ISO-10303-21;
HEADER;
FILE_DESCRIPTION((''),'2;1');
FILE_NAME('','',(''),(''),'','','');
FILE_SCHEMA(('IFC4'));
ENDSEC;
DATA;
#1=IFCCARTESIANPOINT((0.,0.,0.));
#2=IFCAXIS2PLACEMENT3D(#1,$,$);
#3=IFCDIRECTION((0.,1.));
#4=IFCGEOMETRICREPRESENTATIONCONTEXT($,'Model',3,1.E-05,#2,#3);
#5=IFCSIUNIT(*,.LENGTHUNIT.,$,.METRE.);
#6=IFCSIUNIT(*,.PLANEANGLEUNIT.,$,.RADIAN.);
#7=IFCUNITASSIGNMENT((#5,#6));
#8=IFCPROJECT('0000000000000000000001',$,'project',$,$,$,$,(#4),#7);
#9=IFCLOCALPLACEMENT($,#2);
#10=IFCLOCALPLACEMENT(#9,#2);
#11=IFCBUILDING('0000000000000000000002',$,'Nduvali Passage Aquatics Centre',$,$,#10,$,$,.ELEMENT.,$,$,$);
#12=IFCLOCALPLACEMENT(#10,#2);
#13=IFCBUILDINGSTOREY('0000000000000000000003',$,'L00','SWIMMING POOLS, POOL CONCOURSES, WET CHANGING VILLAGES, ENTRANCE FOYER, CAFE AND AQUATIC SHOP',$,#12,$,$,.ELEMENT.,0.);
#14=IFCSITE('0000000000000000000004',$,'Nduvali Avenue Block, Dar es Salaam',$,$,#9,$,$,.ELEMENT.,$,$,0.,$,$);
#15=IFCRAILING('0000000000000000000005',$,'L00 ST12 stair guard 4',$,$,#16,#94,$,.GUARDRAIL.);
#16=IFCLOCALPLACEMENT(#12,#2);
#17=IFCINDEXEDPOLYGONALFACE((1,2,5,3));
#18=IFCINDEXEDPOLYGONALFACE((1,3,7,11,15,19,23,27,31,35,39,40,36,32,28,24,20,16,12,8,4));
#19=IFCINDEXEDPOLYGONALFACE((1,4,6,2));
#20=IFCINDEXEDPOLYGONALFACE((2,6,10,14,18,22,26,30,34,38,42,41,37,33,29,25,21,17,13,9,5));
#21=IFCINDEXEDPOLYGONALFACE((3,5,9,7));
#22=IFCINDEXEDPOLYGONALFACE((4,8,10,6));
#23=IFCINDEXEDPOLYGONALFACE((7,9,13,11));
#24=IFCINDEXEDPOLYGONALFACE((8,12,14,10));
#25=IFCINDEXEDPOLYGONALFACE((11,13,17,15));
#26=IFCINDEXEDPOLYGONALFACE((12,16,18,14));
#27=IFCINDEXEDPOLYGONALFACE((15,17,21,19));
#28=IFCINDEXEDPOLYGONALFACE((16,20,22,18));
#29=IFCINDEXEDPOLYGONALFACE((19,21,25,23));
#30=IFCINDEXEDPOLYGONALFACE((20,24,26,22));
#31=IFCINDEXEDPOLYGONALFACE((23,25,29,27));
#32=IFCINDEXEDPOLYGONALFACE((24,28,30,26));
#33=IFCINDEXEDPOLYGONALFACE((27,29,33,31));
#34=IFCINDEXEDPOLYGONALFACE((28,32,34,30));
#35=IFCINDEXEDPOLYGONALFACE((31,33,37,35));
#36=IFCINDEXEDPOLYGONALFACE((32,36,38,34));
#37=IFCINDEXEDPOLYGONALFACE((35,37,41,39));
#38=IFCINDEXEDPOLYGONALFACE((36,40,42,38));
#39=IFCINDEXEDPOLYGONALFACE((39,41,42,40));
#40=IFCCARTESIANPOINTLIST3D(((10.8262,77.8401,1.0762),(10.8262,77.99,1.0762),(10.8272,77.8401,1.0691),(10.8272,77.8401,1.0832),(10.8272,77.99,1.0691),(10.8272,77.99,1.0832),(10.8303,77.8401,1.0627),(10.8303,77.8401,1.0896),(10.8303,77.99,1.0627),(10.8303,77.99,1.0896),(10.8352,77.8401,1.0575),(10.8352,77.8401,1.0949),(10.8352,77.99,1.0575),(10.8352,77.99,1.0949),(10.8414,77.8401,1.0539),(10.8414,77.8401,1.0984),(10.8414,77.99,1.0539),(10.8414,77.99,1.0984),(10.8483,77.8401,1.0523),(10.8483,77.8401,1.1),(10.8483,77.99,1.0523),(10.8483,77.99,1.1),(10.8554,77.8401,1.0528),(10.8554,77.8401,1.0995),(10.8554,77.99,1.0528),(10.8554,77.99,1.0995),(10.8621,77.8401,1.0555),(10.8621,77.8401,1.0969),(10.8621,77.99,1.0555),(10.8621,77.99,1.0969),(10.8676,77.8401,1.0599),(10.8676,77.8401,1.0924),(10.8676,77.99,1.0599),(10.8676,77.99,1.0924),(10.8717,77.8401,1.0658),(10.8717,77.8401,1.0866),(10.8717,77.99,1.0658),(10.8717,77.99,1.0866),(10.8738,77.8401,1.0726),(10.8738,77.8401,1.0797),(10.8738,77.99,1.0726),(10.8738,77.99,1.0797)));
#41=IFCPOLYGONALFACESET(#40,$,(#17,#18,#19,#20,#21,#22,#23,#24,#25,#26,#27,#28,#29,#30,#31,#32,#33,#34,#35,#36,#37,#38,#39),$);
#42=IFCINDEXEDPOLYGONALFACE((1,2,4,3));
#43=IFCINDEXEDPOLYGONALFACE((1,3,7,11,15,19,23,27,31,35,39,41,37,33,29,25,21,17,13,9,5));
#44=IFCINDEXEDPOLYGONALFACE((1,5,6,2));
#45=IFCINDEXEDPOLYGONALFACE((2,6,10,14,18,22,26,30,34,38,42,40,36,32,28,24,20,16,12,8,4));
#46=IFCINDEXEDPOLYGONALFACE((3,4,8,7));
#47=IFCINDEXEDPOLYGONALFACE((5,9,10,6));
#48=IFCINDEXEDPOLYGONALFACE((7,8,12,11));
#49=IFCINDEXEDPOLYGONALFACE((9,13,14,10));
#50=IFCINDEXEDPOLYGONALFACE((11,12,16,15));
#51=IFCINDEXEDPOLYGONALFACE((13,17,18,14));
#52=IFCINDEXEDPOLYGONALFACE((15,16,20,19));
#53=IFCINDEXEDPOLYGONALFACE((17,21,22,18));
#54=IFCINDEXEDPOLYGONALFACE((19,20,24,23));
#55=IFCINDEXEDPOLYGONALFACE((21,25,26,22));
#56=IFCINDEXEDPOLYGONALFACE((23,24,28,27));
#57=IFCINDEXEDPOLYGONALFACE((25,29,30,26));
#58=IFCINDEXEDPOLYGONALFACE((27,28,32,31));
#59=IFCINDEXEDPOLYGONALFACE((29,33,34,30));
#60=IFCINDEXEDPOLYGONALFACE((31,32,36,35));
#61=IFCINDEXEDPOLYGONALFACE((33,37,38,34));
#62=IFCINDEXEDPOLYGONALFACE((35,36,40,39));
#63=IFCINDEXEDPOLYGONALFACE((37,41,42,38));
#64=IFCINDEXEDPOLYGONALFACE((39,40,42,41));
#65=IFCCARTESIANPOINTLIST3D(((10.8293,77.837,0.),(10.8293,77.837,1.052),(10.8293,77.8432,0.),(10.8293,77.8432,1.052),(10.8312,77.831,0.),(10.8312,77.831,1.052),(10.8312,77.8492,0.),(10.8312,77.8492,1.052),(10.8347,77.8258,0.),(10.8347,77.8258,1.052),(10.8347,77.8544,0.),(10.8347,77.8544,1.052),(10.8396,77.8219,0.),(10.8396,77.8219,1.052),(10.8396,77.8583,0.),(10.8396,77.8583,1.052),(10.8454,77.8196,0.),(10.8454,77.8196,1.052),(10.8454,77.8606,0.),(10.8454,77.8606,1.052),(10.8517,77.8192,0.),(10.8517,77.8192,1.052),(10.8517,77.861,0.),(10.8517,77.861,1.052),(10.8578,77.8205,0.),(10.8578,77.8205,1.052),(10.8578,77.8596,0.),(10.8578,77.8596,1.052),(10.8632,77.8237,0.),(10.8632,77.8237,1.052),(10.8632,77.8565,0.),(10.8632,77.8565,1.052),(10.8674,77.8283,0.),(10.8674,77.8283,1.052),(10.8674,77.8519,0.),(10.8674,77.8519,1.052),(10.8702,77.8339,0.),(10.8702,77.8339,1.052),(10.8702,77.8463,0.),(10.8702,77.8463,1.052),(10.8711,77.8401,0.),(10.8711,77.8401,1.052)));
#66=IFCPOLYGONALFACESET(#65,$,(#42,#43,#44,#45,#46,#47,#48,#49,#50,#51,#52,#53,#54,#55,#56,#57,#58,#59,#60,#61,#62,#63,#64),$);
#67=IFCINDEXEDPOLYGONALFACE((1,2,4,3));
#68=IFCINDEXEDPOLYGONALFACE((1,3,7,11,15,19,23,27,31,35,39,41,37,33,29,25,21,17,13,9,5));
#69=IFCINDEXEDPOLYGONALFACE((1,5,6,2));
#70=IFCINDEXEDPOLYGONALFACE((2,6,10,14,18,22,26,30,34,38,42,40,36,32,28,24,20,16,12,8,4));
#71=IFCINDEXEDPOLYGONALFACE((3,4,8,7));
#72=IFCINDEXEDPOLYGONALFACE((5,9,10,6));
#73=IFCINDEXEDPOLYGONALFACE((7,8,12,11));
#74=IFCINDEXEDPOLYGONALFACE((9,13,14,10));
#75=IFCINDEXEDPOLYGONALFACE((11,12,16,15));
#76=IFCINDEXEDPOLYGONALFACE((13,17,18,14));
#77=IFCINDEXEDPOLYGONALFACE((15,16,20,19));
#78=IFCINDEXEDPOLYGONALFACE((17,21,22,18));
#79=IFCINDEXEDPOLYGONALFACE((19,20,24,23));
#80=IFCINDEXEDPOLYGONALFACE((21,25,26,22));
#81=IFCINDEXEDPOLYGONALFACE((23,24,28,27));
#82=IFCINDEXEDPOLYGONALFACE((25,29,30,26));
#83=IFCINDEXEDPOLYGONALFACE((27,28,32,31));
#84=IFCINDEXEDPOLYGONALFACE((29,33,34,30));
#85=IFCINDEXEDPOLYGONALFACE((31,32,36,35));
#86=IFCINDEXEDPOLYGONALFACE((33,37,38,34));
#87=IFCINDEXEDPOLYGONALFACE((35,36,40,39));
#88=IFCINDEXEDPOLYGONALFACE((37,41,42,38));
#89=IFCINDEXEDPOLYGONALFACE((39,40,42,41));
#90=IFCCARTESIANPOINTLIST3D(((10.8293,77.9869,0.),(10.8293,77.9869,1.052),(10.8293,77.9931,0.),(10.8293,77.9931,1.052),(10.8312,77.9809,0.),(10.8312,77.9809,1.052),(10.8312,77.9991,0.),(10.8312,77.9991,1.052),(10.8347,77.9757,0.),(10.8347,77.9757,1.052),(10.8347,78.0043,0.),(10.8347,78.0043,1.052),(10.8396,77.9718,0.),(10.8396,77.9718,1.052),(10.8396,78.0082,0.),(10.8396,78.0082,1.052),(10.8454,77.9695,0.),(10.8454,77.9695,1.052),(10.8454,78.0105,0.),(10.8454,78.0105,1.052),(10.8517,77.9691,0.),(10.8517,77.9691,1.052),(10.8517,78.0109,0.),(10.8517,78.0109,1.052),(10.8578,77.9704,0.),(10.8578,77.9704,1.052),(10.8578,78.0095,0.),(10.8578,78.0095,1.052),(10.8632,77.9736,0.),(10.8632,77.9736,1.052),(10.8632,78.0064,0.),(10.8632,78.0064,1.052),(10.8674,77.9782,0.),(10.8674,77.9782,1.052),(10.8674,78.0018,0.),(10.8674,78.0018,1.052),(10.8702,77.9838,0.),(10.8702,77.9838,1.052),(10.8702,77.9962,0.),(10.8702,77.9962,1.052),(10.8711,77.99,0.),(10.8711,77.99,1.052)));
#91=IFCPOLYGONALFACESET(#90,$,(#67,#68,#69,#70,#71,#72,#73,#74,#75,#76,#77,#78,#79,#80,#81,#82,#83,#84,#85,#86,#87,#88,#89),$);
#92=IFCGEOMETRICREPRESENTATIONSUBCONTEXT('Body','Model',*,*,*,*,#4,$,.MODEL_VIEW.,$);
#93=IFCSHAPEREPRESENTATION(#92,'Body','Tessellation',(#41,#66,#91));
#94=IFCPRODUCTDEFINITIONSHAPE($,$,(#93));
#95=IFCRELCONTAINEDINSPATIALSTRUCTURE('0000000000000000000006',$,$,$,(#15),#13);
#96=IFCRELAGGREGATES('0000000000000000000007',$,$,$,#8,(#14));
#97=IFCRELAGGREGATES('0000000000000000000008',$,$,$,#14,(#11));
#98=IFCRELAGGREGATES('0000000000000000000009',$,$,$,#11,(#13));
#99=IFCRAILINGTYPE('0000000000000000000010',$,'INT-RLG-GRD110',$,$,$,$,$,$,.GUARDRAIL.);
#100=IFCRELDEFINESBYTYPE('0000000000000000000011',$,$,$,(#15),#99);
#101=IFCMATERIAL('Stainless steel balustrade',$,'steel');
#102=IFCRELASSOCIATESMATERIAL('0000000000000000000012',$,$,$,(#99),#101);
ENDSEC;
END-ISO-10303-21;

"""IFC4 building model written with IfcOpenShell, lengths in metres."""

from ifc_helpers import new_model, si_unit, direction, frame, origin, origin_2d, place, context, subcontext, project, spatial, circle, extrude, material, type_object, element, save


model = new_model("IFC4")

# Units and contexts
model_context = context("Model", 3, precision=1e-05, world=origin(), true_north=direction((0.0, 1.0)))
body_context = subcontext(model_context, "Body", "Model", "MODEL_VIEW")
ifc_project = project(units=[si_unit("LENGTHUNIT", "METRE"), si_unit("PLANEANGLEUNIT", "RADIAN")], contexts=[model_context])

# Site, building, storey
site_placement = place(None, origin())
site = spatial("IfcSite", under=ifc_project, at=site_placement, Name="Nduvali Avenue Block, Dar es Salaam", CompositionType="ELEMENT", RefElevation=0.0)
building_placement = place(site_placement, origin())
building = spatial("IfcBuilding", under=site, at=building_placement, Name="Nduvali Passage Aquatics Centre", CompositionType="ELEMENT")
storey_placement = place(building_placement, origin())
storey = spatial("IfcBuildingStorey", under=building, at=storey_placement, Name="L00", Description="SWIMMING POOLS, POOL CONCOURSES, WET CHANGING VILLAGES, ENTRANCE FOYER, CAFE AND AQUATIC SHOP", CompositionType="ELEMENT", Elevation=0.0)

# Railing
ifc_material_1 = material(Name="Stainless steel balustrade", Category="steel")
railing_type_1 = type_object("IfcRailingType", Name="INT-RLG-GRD110", PredefinedType="GUARDRAIL", material=ifc_material_1)
railing_1_placement = place(storey_placement, frame((10.8501, 77.8401, 0.0)))
element("IfcRailing", 1, at=railing_1_placement, inside=storey, type_object=railing_type_1, Name="L00 ST12 stair guard 4", PredefinedType="GUARDRAIL", context=body_context, shape_type="SweptSolid", body=[
    extrude(circle(Radius=0.0239, at=origin_2d()), frame((0.0, 0.0, 1.0762), z_axis=(0.0, 1.0, 0.0), x_axis=(-1.0, 0.0, 0.0)), (0.0, 0.0, 1.0), 0.1499),
    extrude(circle(Radius=0.021, at=origin_2d()), origin(), (0.0, 0.0, 1.0), 1.052),
    extrude(circle(Radius=0.021, at=origin_2d()), frame((0.0, 0.1499, 0.0)), (0.0, 0.0, 1.0), 1.052),
])

save(model, "model.ifc")
